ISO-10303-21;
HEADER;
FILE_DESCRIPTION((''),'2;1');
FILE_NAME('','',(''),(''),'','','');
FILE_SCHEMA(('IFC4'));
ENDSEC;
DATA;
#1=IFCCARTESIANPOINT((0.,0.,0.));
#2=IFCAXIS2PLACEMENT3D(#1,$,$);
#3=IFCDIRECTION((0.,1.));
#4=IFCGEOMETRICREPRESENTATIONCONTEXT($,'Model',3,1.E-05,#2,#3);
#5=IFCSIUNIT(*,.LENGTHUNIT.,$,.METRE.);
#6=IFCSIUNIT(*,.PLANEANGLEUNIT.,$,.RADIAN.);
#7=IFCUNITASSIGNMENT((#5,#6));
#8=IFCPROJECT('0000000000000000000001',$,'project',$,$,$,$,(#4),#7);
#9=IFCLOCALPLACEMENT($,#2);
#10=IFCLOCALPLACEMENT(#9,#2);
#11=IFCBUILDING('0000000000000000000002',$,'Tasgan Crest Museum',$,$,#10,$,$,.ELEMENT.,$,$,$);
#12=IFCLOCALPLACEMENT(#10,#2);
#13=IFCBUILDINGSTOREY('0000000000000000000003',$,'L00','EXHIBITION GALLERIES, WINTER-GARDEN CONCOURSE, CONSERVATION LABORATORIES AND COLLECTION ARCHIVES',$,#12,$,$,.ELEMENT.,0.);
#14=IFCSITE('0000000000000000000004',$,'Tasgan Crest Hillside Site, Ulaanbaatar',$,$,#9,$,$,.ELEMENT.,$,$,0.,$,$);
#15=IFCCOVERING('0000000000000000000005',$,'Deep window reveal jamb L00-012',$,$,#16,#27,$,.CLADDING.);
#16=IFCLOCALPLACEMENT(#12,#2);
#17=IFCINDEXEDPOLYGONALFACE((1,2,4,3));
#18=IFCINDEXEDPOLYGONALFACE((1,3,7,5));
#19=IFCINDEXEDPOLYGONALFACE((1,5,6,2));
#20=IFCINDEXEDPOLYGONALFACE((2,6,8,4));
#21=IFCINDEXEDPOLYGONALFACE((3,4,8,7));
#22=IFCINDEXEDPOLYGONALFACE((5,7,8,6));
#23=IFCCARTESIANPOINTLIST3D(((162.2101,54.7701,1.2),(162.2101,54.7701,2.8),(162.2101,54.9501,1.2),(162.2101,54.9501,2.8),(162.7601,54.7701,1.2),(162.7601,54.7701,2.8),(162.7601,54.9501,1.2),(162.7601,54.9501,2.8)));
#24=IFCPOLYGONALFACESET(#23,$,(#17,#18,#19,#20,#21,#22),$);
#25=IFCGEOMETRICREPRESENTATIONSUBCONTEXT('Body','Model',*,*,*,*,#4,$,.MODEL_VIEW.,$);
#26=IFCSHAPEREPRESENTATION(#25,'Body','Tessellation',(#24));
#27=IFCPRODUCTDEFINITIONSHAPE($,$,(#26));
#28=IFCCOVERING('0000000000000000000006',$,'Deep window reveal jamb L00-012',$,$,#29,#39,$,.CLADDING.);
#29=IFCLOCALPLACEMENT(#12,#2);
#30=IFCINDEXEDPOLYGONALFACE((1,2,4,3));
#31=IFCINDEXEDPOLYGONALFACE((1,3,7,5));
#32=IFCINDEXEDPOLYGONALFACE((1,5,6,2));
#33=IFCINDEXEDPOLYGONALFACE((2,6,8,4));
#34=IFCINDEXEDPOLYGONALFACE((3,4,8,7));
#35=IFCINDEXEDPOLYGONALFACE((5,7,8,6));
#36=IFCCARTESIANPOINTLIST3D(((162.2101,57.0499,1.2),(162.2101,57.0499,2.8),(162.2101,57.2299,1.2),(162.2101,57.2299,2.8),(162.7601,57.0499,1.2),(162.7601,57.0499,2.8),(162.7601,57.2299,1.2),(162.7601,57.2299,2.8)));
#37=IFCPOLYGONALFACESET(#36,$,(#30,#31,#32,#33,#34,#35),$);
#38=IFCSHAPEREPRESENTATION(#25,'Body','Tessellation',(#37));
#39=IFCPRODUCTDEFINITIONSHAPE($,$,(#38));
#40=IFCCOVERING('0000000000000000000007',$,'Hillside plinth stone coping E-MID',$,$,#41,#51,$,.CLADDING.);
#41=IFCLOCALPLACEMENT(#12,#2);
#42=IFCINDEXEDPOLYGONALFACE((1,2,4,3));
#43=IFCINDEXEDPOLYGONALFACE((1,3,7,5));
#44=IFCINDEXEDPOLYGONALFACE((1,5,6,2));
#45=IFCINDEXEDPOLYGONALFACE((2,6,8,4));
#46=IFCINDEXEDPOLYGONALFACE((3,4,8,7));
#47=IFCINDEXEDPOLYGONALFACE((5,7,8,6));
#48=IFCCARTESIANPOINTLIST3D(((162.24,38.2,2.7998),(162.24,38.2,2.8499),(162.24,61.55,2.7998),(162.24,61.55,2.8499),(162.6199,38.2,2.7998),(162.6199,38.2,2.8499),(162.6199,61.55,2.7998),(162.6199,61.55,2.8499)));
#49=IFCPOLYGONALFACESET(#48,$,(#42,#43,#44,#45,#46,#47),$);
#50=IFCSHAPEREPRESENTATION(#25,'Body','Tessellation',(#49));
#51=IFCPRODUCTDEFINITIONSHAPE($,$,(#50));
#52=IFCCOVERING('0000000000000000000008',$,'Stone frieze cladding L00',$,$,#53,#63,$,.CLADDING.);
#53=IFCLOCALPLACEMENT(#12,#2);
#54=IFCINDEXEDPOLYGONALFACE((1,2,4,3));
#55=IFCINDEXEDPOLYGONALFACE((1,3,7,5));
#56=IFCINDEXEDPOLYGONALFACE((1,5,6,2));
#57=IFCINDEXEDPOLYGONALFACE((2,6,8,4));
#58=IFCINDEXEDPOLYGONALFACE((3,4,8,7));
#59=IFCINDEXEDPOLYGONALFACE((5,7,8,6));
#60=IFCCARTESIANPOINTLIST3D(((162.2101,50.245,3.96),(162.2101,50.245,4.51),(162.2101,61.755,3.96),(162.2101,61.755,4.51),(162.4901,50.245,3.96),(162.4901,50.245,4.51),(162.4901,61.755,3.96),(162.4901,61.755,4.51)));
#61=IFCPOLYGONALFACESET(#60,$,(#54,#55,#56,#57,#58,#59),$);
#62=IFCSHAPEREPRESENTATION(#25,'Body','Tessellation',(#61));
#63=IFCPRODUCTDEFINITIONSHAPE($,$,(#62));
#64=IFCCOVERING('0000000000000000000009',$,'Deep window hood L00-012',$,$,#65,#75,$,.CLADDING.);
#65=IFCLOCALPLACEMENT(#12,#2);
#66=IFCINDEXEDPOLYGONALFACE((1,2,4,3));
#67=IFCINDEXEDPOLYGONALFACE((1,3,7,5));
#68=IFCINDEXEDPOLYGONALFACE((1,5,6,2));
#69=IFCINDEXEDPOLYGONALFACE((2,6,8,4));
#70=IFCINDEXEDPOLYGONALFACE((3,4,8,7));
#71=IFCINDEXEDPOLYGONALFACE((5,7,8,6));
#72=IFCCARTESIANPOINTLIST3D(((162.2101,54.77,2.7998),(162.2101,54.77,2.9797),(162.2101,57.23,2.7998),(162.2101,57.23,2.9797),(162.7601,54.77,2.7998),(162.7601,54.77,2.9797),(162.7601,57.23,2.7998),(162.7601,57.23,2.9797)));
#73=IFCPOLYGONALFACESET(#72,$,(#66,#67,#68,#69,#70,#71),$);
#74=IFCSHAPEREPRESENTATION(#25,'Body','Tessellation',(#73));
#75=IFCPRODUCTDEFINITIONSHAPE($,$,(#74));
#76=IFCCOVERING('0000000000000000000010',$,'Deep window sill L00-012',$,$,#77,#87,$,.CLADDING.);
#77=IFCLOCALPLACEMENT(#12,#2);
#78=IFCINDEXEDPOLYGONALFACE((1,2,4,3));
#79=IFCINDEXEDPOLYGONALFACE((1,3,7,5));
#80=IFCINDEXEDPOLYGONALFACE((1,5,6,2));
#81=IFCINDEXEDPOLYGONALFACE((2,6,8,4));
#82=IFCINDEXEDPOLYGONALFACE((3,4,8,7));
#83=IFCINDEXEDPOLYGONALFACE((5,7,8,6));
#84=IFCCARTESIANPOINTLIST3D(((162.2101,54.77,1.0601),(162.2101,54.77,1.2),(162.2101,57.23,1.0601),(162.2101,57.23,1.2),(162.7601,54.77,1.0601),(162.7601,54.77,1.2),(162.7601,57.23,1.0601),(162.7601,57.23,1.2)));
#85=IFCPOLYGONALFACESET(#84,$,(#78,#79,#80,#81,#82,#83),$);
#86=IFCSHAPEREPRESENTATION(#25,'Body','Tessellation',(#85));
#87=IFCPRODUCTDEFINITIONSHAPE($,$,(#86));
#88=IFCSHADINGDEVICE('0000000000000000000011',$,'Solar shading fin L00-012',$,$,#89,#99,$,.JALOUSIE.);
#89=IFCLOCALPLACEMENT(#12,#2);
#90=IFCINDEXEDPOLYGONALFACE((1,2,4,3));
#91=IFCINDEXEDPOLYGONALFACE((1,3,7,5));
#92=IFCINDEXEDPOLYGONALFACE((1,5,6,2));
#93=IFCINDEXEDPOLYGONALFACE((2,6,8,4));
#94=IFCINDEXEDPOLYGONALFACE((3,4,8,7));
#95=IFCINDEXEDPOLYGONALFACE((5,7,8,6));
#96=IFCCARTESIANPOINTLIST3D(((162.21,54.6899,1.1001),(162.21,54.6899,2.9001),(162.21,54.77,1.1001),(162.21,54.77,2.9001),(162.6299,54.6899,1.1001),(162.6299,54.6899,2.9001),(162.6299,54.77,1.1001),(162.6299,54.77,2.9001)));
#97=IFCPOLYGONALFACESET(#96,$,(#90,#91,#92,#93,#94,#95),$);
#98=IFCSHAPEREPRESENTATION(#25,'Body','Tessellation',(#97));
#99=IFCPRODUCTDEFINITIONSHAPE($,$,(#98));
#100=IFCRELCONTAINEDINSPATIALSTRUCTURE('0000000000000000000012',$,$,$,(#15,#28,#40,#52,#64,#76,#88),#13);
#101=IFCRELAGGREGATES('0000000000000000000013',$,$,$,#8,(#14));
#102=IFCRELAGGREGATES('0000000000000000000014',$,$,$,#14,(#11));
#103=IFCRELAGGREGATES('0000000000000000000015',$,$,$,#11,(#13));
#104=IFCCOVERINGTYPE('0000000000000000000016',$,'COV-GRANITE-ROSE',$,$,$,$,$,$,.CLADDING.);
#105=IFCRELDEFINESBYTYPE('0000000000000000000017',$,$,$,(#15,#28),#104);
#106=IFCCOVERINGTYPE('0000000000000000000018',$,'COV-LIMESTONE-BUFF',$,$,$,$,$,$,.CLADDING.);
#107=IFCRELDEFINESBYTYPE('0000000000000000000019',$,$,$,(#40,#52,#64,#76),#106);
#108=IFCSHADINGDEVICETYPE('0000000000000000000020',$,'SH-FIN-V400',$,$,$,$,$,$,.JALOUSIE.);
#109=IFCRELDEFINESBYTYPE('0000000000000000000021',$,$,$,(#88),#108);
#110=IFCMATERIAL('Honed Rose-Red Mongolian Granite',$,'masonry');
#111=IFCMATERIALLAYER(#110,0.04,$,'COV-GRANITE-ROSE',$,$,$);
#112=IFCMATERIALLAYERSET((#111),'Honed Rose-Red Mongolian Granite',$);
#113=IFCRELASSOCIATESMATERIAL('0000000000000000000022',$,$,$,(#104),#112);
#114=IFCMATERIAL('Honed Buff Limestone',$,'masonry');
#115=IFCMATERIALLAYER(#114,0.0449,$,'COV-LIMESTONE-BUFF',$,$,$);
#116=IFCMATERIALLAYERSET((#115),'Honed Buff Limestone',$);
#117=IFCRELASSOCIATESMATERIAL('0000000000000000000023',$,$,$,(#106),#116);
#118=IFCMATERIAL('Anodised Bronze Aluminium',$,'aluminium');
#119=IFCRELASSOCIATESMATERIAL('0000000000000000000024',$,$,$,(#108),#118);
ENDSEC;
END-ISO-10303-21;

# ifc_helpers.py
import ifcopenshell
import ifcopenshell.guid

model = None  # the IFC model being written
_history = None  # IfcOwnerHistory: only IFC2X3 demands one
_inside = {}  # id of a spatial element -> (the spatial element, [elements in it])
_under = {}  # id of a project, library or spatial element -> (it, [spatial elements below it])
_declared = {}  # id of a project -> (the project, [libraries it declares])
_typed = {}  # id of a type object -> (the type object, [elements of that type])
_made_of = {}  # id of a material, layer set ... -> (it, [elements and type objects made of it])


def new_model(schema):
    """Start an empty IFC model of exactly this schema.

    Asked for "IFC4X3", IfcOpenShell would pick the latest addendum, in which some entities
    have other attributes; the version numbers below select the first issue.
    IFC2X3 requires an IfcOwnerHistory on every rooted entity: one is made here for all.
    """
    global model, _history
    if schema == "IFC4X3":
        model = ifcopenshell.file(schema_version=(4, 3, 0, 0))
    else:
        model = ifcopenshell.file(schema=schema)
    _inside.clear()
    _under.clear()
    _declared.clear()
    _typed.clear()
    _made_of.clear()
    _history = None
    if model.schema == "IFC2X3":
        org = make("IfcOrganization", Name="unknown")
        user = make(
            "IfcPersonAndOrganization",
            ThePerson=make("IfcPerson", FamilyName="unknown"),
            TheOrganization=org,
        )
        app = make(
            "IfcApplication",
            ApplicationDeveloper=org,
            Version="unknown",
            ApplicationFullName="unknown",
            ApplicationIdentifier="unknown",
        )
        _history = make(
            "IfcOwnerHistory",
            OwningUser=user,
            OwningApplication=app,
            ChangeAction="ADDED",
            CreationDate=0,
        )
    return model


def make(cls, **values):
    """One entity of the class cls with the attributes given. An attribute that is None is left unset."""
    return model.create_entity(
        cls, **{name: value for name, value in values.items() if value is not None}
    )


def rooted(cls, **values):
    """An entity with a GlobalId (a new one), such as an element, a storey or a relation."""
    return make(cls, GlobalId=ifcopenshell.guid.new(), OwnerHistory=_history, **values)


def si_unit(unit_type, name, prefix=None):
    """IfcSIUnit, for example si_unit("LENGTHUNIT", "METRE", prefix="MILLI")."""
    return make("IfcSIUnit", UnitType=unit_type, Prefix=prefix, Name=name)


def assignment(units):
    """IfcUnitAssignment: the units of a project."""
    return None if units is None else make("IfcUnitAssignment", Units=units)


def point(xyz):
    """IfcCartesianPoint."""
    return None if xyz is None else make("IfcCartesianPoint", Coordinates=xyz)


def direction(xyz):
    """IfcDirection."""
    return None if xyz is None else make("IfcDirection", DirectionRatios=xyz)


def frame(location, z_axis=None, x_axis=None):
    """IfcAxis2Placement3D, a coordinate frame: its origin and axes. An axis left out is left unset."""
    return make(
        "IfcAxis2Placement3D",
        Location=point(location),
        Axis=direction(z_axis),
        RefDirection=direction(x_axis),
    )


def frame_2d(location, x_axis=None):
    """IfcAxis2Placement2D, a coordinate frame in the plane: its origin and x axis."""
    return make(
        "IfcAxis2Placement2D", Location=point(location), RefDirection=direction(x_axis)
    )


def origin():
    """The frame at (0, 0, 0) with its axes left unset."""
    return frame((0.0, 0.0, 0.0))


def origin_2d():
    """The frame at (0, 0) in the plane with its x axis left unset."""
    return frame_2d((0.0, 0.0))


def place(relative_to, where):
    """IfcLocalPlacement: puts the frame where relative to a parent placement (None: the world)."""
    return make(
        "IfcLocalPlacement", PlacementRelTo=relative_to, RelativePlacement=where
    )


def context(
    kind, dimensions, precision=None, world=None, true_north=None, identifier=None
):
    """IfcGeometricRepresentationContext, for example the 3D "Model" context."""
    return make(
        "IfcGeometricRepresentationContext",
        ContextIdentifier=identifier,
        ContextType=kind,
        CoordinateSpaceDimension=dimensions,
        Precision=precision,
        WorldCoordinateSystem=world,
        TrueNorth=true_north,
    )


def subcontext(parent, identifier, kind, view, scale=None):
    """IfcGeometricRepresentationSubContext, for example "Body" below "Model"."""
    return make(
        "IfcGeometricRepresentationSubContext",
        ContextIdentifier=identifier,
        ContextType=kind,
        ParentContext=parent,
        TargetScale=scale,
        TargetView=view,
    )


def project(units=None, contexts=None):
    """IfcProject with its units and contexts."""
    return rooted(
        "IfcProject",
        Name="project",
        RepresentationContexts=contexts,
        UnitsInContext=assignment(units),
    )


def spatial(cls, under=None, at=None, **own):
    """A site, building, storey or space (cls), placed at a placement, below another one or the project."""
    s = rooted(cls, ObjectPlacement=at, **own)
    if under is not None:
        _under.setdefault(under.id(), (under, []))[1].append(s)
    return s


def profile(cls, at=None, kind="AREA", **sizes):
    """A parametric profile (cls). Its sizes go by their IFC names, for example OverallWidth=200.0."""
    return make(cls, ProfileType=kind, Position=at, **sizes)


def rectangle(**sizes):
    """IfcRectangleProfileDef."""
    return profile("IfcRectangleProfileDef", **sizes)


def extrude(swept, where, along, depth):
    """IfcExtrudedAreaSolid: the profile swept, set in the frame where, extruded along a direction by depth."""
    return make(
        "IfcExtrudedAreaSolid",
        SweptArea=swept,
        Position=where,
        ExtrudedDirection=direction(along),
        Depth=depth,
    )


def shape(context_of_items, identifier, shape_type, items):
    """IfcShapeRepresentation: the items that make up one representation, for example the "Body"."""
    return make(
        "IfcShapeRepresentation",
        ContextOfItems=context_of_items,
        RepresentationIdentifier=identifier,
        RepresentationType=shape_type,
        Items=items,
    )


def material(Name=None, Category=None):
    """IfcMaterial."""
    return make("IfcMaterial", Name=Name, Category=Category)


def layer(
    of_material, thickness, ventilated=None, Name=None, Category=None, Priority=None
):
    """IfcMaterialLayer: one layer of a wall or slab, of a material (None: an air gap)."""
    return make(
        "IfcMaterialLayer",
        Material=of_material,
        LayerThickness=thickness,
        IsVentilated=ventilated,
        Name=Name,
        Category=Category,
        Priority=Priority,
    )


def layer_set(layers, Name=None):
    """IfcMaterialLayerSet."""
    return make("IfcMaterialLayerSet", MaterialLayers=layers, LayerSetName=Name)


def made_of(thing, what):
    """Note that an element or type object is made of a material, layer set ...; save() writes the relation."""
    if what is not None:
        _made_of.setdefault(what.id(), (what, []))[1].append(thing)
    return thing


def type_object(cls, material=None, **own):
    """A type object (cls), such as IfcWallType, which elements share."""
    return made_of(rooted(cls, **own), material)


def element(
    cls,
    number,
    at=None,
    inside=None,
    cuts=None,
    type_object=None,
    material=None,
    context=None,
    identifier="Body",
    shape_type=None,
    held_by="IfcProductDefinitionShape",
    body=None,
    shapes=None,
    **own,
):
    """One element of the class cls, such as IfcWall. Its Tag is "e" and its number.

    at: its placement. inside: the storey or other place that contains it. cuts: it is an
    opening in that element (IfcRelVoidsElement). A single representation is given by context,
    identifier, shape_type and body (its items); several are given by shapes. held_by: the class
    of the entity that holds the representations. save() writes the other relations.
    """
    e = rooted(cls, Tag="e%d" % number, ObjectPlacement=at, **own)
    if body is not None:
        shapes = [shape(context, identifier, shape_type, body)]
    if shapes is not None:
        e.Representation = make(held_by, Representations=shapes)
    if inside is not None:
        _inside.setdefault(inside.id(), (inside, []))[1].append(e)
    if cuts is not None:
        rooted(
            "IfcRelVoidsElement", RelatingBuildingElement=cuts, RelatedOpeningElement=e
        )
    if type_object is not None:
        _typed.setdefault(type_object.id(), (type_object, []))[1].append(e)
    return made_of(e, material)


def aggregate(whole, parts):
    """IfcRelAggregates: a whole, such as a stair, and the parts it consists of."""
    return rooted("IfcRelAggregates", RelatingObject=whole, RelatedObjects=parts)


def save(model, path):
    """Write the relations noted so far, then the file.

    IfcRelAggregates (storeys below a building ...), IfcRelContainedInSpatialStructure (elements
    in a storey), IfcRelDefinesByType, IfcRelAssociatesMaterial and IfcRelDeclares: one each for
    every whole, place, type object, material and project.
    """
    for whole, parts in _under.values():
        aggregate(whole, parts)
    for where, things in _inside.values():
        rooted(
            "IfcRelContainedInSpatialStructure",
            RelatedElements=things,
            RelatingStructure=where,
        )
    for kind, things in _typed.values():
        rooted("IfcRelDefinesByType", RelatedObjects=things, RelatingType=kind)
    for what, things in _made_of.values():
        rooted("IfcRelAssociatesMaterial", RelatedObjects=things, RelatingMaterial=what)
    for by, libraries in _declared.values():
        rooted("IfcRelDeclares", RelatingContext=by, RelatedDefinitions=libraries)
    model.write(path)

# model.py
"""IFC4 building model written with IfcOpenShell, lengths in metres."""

from ifc_helpers import new_model, si_unit, direction, frame, origin, origin_2d, place, context, subcontext, project, spatial, rectangle, extrude, material, layer, layer_set, type_object, element, save


model = new_model("IFC4")

# Units and contexts
model_context = context("Model", 3, precision=1e-05, world=origin(), true_north=direction((0.0, 1.0)))
body_context = subcontext(model_context, "Body", "Model", "MODEL_VIEW")
ifc_project = project(units=[si_unit("LENGTHUNIT", "METRE"), si_unit("PLANEANGLEUNIT", "RADIAN")], contexts=[model_context])

# Site, building, storey
site_placement = place(None, origin())
site = spatial("IfcSite", under=ifc_project, at=site_placement, Name="Tasgan Crest Hillside Site, Ulaanbaatar", CompositionType="ELEMENT", RefElevation=0.0)
building_placement = place(site_placement, origin())
building = spatial("IfcBuilding", under=site, at=building_placement, Name="Tasgan Crest Museum", CompositionType="ELEMENT")
storey_placement = place(building_placement, origin())
storey = spatial("IfcBuildingStorey", under=building, at=storey_placement, Name="L00", Description="EXHIBITION GALLERIES, WINTER-GARDEN CONCOURSE, CONSERVATION LABORATORIES AND COLLECTION ARCHIVES", CompositionType="ELEMENT", Elevation=0.0)

# Coverings
ifc_material_1 = material(Name="Honed Rose-Red Mongolian Granite", Category="masonry")
ifc_layer_1 = layer(ifc_material_1, 0.04, Name="COV-GRANITE-ROSE")
ifc_layer_set_1 = layer_set([ifc_layer_1], Name="Honed Rose-Red Mongolian Granite")
covering_type_1 = type_object("IfcCoveringType", Name="COV-GRANITE-ROSE", PredefinedType="CLADDING", material=ifc_layer_set_1)
for number, where, z_axis, x_axis, name in (
    (1, (162.4851, 54.8601, 1.2), (0.0, 0.0, 1.0), (0.0, 1.0, 0.0), "Deep window reveal jamb L00-012"),
    (2, (162.4851, 57.1399, 1.2), (0.0, 0.0, 1.0), (0.0, 1.0, 0.0), "Deep window reveal jamb L00-012"),
):
    element("IfcCovering", number, at=place(storey_placement, frame(where, z_axis=z_axis, x_axis=x_axis)), inside=storey, type_object=covering_type_1, Name=name, PredefinedType="CLADDING", context=body_context, shape_type="SweptSolid", body=[
        extrude(rectangle(XDim=0.1799, YDim=0.55, at=origin_2d()), origin(), (0.0, 0.0, 1.0), 1.6001),
    ])
ifc_material_2 = material(Name="Honed Buff Limestone", Category="masonry")
ifc_layer_2 = layer(ifc_material_2, 0.0449, Name="COV-LIMESTONE-BUFF")
ifc_layer_set_2 = layer_set([ifc_layer_2], Name="Honed Buff Limestone")
covering_type_2 = type_object("IfcCoveringType", Name="COV-LIMESTONE-BUFF", PredefinedType="CLADDING", material=ifc_layer_set_2)
covering_1_placement = place(storey_placement, frame((162.4299, 49.875, 2.7998), z_axis=(0.0, 0.0, 1.0), x_axis=(0.0, 1.0, 0.0)))
element("IfcCovering", 3, at=covering_1_placement, inside=storey, type_object=covering_type_2, Name="Hillside plinth stone coping E-MID", PredefinedType="CLADDING", context=body_context, shape_type="SweptSolid", body=[
    extrude(rectangle(XDim=23.3501, YDim=0.3799, at=origin_2d()), origin(), (0.0, 0.0, 1.0), 0.05),
])
covering_2_placement = place(storey_placement, frame((162.3501, 56.0, 3.96), z_axis=(0.0, 0.0, 1.0), x_axis=(0.0, 1.0, 0.0)))
element("IfcCovering", 4, at=covering_2_placement, inside=storey, type_object=covering_type_2, Name="Stone frieze cladding L00", PredefinedType="CLADDING", context=body_context, shape_type="SweptSolid", body=[
    extrude(rectangle(XDim=11.51, YDim=0.28, at=origin_2d()), origin(), (0.0, 0.0, 1.0), 0.55),
])
covering_3_placement = place(storey_placement, frame((162.4851, 56.0, 2.7998), z_axis=(0.0, 0.0, 1.0), x_axis=(0.0, 1.0, 0.0)))
element("IfcCovering", 5, at=covering_3_placement, inside=storey, type_object=covering_type_2, Name="Deep window hood L00-012", PredefinedType="CLADDING", context=body_context, shape_type="SweptSolid", body=[
    extrude(rectangle(XDim=2.46, YDim=0.55, at=origin_2d()), origin(), (0.0, 0.0, 1.0), 0.1799),
])
covering_4_placement = place(storey_placement, frame((162.4851, 56.0, 1.0601), z_axis=(0.0, 0.0, 1.0), x_axis=(0.0, 1.0, 0.0)))
element("IfcCovering", 6, at=covering_4_placement, inside=storey, type_object=covering_type_2, Name="Deep window sill L00-012", PredefinedType="CLADDING", context=body_context, shape_type="SweptSolid", body=[
    extrude(rectangle(XDim=2.46, YDim=0.55, at=origin_2d()), origin(), (0.0, 0.0, 1.0), 0.1399),
])

# Shading device
ifc_material_3 = material(Name="Anodised Bronze Aluminium", Category="aluminium")
shading_device_type = type_object("IfcShadingDeviceType", Name="SH-FIN-V400", PredefinedType="JALOUSIE", material=ifc_material_3)
shading_device_placement = place(storey_placement, frame((162.4199, 54.73, 1.1001), z_axis=(0.0, 0.0, 1.0), x_axis=(0.0, 1.0, 0.0)))
element("IfcShadingDevice", 7, at=shading_device_placement, inside=storey, type_object=shading_device_type, Name="Solar shading fin L00-012", PredefinedType="JALOUSIE", context=body_context, shape_type="SweptSolid", body=[
    extrude(rectangle(XDim=0.0801, YDim=0.4199, at=origin_2d()), origin(), (0.0, 0.0, 1.0), 1.8),
])

save(model, "model.ifc")
